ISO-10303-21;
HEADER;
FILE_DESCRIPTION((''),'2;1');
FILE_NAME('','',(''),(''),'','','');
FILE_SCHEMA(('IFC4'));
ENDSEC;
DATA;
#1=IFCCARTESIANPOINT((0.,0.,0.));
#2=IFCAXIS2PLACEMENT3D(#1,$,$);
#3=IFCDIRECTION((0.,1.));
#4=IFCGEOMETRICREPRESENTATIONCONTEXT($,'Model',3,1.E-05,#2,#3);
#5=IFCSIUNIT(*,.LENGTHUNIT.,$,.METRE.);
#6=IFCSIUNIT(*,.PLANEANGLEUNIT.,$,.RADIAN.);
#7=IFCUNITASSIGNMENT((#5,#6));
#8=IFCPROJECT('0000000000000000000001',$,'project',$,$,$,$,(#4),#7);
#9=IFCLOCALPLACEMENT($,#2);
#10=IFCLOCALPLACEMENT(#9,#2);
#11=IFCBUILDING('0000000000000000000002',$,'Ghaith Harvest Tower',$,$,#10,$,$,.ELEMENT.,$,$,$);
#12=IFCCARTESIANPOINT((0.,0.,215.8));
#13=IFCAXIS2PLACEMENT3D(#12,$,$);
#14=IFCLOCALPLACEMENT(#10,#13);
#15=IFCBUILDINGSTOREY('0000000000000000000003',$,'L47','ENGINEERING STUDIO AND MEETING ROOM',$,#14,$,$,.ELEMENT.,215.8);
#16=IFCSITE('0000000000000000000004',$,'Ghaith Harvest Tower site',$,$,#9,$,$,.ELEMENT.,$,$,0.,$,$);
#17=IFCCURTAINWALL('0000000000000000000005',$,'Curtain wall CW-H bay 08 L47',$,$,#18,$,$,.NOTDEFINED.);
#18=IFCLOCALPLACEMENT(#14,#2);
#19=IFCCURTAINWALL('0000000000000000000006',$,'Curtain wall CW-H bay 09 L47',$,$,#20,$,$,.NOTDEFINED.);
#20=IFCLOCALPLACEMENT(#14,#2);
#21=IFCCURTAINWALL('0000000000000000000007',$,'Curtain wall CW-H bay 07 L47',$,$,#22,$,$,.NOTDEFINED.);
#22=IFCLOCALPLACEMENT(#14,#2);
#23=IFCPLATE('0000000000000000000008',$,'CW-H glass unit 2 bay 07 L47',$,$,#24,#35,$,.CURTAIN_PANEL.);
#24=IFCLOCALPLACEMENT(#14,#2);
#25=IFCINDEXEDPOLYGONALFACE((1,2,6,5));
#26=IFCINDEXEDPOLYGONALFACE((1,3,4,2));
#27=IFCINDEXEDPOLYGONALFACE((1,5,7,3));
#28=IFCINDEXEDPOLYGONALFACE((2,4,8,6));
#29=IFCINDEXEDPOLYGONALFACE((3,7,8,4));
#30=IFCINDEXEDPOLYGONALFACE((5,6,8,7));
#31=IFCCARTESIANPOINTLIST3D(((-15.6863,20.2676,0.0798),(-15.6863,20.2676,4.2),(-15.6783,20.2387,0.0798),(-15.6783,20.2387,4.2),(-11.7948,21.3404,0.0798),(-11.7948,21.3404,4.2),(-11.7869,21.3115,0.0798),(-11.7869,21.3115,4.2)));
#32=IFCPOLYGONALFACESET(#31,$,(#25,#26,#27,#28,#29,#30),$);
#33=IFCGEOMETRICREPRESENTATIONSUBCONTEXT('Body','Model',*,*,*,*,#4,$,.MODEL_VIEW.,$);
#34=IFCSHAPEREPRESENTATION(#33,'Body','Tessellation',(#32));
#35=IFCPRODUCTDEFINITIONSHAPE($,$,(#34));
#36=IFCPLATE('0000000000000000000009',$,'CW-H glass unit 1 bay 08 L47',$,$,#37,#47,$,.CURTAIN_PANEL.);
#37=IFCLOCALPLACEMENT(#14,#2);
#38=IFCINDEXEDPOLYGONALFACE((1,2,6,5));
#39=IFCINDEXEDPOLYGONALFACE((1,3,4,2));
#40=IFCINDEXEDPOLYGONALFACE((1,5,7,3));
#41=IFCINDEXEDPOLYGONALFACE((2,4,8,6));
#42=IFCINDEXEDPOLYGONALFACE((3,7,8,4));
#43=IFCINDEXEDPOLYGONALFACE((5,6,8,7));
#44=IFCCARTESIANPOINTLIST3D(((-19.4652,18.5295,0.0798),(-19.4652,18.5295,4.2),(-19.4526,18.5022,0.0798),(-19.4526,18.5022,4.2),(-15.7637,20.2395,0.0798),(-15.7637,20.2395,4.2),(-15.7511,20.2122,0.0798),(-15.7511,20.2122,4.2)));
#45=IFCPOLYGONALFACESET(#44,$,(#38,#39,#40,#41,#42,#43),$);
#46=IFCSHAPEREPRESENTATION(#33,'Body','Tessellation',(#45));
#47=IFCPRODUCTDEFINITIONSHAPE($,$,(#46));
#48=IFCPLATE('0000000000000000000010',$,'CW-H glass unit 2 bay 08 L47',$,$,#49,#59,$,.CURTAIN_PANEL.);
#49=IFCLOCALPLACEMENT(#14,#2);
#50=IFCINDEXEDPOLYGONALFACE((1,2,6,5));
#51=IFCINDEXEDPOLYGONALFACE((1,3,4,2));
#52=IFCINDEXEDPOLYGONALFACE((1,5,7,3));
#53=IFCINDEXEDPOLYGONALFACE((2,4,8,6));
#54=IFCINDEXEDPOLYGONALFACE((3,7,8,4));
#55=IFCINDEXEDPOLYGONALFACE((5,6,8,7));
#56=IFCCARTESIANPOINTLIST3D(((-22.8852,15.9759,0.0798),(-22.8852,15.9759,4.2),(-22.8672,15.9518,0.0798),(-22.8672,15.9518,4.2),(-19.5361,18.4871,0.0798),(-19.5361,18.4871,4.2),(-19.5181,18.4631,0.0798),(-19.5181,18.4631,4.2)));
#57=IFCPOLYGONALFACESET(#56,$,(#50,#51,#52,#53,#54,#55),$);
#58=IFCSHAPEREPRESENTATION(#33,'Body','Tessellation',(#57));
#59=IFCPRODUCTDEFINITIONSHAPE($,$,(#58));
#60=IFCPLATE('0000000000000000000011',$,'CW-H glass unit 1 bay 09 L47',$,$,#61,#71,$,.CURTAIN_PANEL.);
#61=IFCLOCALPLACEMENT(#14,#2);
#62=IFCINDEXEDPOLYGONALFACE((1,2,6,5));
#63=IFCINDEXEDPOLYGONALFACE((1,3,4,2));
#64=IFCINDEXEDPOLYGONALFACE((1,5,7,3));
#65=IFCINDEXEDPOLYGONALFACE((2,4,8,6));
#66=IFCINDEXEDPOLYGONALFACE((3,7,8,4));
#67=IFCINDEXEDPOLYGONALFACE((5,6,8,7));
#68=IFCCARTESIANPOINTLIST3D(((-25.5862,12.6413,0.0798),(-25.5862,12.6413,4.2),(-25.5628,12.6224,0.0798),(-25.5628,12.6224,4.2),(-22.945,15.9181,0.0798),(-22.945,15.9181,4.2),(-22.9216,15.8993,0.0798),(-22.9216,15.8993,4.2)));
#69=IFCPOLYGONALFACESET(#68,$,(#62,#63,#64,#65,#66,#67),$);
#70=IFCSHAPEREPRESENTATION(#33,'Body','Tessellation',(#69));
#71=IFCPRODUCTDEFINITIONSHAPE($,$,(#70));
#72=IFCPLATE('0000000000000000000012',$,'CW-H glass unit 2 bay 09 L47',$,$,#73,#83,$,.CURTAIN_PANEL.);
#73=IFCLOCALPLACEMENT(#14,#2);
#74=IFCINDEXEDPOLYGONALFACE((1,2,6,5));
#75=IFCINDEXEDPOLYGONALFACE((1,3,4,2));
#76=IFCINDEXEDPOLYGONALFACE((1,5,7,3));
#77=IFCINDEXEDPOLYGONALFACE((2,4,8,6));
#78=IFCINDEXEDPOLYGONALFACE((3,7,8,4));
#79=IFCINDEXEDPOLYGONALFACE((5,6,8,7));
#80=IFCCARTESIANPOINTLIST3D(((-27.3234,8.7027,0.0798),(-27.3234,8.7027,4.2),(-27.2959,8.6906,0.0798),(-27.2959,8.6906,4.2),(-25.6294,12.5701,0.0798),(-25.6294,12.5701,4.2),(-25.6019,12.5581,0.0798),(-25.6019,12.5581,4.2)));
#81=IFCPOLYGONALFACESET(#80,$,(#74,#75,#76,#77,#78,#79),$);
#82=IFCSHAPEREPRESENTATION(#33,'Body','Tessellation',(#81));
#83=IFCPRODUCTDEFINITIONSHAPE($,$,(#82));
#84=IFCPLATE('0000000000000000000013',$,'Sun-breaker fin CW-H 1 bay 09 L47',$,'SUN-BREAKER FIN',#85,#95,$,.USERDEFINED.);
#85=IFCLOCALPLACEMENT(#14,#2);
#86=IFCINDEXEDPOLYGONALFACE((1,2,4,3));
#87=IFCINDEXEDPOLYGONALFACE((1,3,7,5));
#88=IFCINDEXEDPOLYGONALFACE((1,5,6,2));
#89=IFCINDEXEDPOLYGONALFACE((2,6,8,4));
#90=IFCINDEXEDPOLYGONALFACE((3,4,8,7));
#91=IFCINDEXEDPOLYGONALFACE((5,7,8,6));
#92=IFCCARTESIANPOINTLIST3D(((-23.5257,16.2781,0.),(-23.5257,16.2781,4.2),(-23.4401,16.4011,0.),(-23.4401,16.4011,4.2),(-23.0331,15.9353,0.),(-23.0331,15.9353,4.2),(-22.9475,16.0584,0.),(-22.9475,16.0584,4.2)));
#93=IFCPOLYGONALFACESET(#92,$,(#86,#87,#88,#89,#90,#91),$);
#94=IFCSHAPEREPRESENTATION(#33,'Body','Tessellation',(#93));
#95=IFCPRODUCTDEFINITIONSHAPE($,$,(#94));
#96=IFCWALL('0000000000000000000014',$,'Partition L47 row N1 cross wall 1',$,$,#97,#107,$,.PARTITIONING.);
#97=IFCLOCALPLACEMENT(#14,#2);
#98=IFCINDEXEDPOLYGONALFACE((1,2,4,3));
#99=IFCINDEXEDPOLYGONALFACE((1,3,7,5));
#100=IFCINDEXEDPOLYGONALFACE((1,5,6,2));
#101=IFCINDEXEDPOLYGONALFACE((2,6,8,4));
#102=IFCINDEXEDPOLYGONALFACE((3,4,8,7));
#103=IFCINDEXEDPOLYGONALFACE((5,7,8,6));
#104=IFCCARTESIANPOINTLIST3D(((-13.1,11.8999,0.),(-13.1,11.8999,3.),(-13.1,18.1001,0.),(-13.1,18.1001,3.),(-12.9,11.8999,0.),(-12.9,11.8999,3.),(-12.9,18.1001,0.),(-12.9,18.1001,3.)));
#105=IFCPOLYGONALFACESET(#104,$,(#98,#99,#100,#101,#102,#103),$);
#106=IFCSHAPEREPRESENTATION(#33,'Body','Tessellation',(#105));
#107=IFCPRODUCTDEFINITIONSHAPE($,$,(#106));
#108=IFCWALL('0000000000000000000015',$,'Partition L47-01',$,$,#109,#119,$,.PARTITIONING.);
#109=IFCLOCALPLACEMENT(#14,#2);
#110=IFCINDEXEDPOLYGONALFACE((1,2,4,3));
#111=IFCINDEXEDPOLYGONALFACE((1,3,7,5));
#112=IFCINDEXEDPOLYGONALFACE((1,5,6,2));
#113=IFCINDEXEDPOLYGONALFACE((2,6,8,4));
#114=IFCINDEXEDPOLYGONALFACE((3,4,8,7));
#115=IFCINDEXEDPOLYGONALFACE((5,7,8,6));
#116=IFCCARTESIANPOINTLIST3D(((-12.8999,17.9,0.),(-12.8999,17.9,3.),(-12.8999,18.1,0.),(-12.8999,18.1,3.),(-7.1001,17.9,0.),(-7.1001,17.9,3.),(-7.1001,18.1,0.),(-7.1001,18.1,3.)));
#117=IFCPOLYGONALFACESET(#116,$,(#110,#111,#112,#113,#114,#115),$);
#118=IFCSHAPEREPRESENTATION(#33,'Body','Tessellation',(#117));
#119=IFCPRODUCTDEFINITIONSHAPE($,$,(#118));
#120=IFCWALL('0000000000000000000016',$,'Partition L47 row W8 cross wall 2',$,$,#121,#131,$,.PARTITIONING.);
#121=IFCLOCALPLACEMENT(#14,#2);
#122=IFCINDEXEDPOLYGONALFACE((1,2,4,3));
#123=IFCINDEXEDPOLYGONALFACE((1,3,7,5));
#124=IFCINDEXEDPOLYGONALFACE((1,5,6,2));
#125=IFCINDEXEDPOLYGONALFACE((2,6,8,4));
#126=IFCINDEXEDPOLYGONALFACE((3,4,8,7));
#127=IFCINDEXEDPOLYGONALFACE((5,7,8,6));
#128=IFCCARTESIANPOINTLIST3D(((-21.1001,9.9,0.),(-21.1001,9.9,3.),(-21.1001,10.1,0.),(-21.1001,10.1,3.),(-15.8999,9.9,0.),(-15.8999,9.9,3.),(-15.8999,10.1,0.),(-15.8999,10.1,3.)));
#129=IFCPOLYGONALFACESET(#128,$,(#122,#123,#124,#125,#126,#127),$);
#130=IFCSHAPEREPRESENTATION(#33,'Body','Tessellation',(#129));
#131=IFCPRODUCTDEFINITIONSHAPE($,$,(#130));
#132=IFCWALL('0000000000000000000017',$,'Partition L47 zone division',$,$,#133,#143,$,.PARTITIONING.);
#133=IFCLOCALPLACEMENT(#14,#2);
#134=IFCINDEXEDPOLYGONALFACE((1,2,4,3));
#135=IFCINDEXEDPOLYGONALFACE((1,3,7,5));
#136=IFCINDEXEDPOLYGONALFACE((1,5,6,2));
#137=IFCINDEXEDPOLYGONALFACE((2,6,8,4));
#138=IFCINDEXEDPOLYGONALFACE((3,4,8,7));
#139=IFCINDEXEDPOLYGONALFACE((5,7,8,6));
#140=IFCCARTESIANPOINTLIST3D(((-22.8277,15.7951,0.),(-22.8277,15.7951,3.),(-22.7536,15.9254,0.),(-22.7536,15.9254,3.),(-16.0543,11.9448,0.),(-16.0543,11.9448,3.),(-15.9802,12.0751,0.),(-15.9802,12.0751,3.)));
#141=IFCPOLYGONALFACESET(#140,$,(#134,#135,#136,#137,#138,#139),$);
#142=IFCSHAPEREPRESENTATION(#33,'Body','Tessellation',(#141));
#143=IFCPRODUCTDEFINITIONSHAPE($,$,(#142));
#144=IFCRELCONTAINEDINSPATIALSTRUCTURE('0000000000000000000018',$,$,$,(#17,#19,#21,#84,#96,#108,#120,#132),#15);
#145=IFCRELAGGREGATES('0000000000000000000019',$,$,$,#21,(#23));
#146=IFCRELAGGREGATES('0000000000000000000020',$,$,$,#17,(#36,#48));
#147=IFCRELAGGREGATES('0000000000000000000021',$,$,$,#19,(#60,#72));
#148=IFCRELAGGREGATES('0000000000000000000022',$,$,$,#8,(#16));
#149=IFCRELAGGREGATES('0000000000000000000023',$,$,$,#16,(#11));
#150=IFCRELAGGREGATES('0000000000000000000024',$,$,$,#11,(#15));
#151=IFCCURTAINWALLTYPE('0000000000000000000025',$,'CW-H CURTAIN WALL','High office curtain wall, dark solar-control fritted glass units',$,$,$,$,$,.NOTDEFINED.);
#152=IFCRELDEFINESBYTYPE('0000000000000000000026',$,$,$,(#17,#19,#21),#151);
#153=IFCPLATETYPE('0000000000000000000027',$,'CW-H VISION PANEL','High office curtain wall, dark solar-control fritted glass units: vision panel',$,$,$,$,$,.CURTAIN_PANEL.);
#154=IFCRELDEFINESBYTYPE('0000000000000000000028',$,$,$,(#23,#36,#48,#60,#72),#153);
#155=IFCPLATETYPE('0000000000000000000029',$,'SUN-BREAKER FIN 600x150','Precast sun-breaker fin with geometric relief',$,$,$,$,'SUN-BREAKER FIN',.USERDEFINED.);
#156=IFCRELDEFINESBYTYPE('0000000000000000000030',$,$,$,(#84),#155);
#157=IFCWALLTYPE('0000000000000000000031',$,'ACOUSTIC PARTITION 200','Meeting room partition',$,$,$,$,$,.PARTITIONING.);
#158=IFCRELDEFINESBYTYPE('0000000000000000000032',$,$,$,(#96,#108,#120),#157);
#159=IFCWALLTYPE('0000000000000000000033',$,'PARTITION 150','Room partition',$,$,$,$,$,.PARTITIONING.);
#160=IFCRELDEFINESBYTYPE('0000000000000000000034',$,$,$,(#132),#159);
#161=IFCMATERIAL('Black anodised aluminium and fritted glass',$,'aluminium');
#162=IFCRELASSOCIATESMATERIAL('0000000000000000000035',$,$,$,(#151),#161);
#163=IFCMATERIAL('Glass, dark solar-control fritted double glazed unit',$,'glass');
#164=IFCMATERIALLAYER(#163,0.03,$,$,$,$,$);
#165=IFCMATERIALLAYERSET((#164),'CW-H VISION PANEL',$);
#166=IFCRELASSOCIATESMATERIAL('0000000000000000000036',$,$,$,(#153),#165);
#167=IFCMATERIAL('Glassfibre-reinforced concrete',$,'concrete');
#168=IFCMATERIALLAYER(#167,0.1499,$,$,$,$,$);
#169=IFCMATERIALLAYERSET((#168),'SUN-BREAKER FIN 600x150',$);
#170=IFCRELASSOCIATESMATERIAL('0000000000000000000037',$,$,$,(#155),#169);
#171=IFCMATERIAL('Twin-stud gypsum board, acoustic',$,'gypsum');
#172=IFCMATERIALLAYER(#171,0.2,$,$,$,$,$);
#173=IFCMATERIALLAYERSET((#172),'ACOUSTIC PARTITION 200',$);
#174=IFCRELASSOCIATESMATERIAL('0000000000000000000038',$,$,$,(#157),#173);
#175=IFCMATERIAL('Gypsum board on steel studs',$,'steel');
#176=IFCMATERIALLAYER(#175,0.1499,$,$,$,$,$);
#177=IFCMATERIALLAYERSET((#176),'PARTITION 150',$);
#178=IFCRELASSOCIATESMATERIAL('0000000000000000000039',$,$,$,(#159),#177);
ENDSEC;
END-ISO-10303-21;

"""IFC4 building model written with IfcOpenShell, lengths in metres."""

from ifc_helpers import new_model, si_unit, direction, frame, frame_2d, origin, origin_2d, place, context, subcontext, project, spatial, rectangle, extrude, material, layer, layer_set, type_object, element, aggregate, save


model = new_model("IFC4")

# Units and contexts
model_context = context("Model", 3, precision=1e-05, world=origin(), true_north=direction((0.0, 1.0)))
body_context = subcontext(model_context, "Body", "Model", "MODEL_VIEW")
ifc_project = project(units=[si_unit("LENGTHUNIT", "METRE"), si_unit("PLANEANGLEUNIT", "RADIAN")], contexts=[model_context])

# Site, building, storey
site_placement = place(None, origin())
site = spatial("IfcSite", under=ifc_project, at=site_placement, Name="Ghaith Harvest Tower site", CompositionType="ELEMENT", RefElevation=0.0)
building_placement = place(site_placement, origin())
building = spatial("IfcBuilding", under=site, at=building_placement, Name="Ghaith Harvest Tower", CompositionType="ELEMENT")
storey_placement = place(building_placement, frame((0.0, 0.0, 215.8)))
storey = spatial("IfcBuildingStorey", under=building, at=storey_placement, Name="L47", Description="ENGINEERING STUDIO AND MEETING ROOM", CompositionType="ELEMENT", Elevation=215.8)

# Curtain walls
ifc_material_1 = material(Name="Black anodised aluminium and fritted glass", Category="aluminium")
curtain_wall_type = type_object("IfcCurtainWallType", Name="CW-H CURTAIN WALL", Description="High office curtain wall, dark solar-control fritted glass units", PredefinedType="NOTDEFINED", material=ifc_material_1)
curtain_wall_1_placement = place(storey_placement, origin())
curtain_wall_1 = element("IfcCurtainWall", 1, at=curtain_wall_1_placement, inside=storey, type_object=curtain_wall_type, Name="Curtain wall CW-H bay 08 L47", PredefinedType="NOTDEFINED")
curtain_wall_2_placement = place(storey_placement, origin())
curtain_wall_2 = element("IfcCurtainWall", 2, at=curtain_wall_2_placement, inside=storey, type_object=curtain_wall_type, Name="Curtain wall CW-H bay 09 L47", PredefinedType="NOTDEFINED")

# Curtain wall
curtain_wall_3_placement = place(storey_placement, origin())
curtain_wall_3 = element("IfcCurtainWall", 3, at=curtain_wall_3_placement, inside=storey, type_object=curtain_wall_type, Name="Curtain wall CW-H bay 07 L47", PredefinedType="NOTDEFINED")

# Plates
ifc_material_2 = material(Name="Glass, dark solar-control fritted double glazed unit", Category="glass")
ifc_layer_1 = layer(ifc_material_2, 0.03)
ifc_layer_set_1 = layer_set([ifc_layer_1], Name="CW-H VISION PANEL")
plate_type_1 = type_object("IfcPlateType", Name="CW-H VISION PANEL", Description="High office curtain wall, dark solar-control fritted glass units: vision panel", PredefinedType="CURTAIN_PANEL", material=ifc_layer_set_1)
plate_1_placement = place(storey_placement, frame((-13.7366, 20.7896, 0.0798), z_axis=(0.0, 0.0, 1.0), x_axis=(-0.964034, -0.265779, 0.0)))
plate_1 = element("IfcPlate", 4, at=plate_1_placement, type_object=plate_type_1, Name="CW-H glass unit 2 bay 07 L47", PredefinedType="CURTAIN_PANEL", context=body_context, shape_type="SweptSolid", body=[
    extrude(rectangle(XDim=4.0366, YDim=0.03, at=origin_2d()), origin(), (0.0, 0.0, 1.0), 4.1201),
])
aggregate(curtain_wall_3, [plate_1])
plate_2_placement = place(storey_placement, frame((-17.6082, 19.3708, 0.0798), z_axis=(0.0, 0.0, 1.0), x_axis=(-0.907814, -0.419372, 0.0)))
plate_2 = element("IfcPlate", 5, at=plate_2_placement, type_object=plate_type_1, Name="CW-H glass unit 1 bay 08 L47", PredefinedType="CURTAIN_PANEL", context=body_context, shape_type="SweptSolid", body=[
    extrude(rectangle(XDim=4.0774, YDim=0.03, at=origin_2d()), origin(), (0.0, 0.0, 1.0), 4.1201),
])
plate_3_placement = place(storey_placement, frame((-21.2017, 17.2195, 0.0798), z_axis=(0.0, 0.0, 1.0), x_axis=(-0.800067, -0.599911, 0.0)))
plate_3 = element("IfcPlate", 6, at=plate_3_placement, type_object=plate_type_1, Name="CW-H glass unit 2 bay 08 L47", PredefinedType="CURTAIN_PANEL", context=body_context, shape_type="SweptSolid", body=[
    extrude(rectangle(XDim=4.186, YDim=0.03, at=origin_2d()), origin(), (0.0, 0.0, 1.0), 4.1201),
])
aggregate(curtain_wall_1, [plate_2, plate_3])
plate_4_placement = place(storey_placement, frame((-24.2539, 14.2703, 0.0798), z_axis=(0.0, 0.0, 1.0), x_axis=(-0.627548, -0.778578, 0.0)))
plate_4 = element("IfcPlate", 7, at=plate_4_placement, type_object=plate_type_1, Name="CW-H glass unit 1 bay 09 L47", PredefinedType="CURTAIN_PANEL", context=body_context, shape_type="SweptSolid", body=[
    extrude(rectangle(XDim=4.2087, YDim=0.03, at=origin_2d()), origin(), (0.0, 0.0, 1.0), 4.1201),
])
plate_5_placement = place(storey_placement, frame((-26.4626, 10.6304, 0.0798), z_axis=(0.0, 0.0, 1.0), x_axis=(-0.401213, -0.915985, 0.0)))
plate_5 = element("IfcPlate", 8, at=plate_5_placement, type_object=plate_type_1, Name="CW-H glass unit 2 bay 09 L47", PredefinedType="CURTAIN_PANEL", context=body_context, shape_type="SweptSolid", body=[
    extrude(rectangle(XDim=4.2222, YDim=0.03, at=origin_2d()), origin(), (0.0, 0.0, 1.0), 4.1201),
])
aggregate(curtain_wall_2, [plate_4, plate_5])
ifc_material_3 = material(Name="Glassfibre-reinforced concrete", Category="concrete")
ifc_layer_2 = layer(ifc_material_3, 0.1499)
ifc_layer_set_2 = layer_set([ifc_layer_2], Name="SUN-BREAKER FIN 600x150")
plate_type_2 = type_object("IfcPlateType", Name="SUN-BREAKER FIN 600x150", Description="Precast sun-breaker fin with geometric relief", ElementType="SUN-BREAKER FIN", PredefinedType="USERDEFINED", material=ifc_layer_set_2)
plate_6_placement = place(storey_placement, frame((-23.2366, 16.1682, 0.0), z_axis=(0.0, 0.0, 1.0), x_axis=(-0.820845, 0.57115, 0.0)))
element("IfcPlate", 9, at=plate_6_placement, inside=storey, type_object=plate_type_2, Name="Sun-breaker fin CW-H 1 bay 09 L47", ObjectType="SUN-BREAKER FIN", PredefinedType="USERDEFINED", context=body_context, shape_type="SweptSolid", body=[
    extrude(rectangle(XDim=0.6001, YDim=0.1499, at=origin_2d()), origin(), (0.0, 0.0, 1.0), 4.2),
])

# Wall
ifc_material_4 = material(Name="Twin-stud gypsum board, acoustic", Category="gypsum")
ifc_layer_3 = layer(ifc_material_4, 0.2)
ifc_layer_set_3 = layer_set([ifc_layer_3], Name="ACOUSTIC PARTITION 200")
wall_type_1 = type_object("IfcWallType", Name="ACOUSTIC PARTITION 200", Description="Meeting room partition", PredefinedType="PARTITIONING", material=ifc_layer_set_3)
wall_1_placement = place(storey_placement, frame((-13.0, 11.8999, 0.0), z_axis=(0.0, 0.0, 1.0), x_axis=(0.0, 1.0, 0.0)))
element("IfcWall", 10, at=wall_1_placement, inside=storey, type_object=wall_type_1, Name="Partition L47 row N1 cross wall 1", PredefinedType="PARTITIONING", context=body_context, shape_type="SweptSolid", body=[
    extrude(rectangle(XDim=6.2002, YDim=0.2, at=frame_2d((3.1001, 0.0))), origin(), (0.0, 0.0, 1.0), 3.0),
])

# Walls
wall_2_placement = place(storey_placement, frame((-12.8999, 18.0, 0.0), z_axis=(0.0, 0.0, 1.0), x_axis=(1.0, 0.0, 0.0)))
element("IfcWall", 11, at=wall_2_placement, inside=storey, type_object=wall_type_1, Name="Partition L47-01", PredefinedType="PARTITIONING", context=body_context, shape_type="SweptSolid", body=[
    extrude(rectangle(XDim=5.7998, YDim=0.2, at=frame_2d((2.8999, 0.0))), origin(), (0.0, 0.0, 1.0), 3.0),
])
wall_3_placement = place(storey_placement, frame((-15.8999, 10.0, 0.0), z_axis=(0.0, 0.0, 1.0), x_axis=(-1.0, 0.0, 0.0)))
element("IfcWall", 12, at=wall_3_placement, inside=storey, type_object=wall_type_1, Name="Partition L47 row W8 cross wall 2", PredefinedType="PARTITIONING", context=body_context, shape_type="SweptSolid", body=[
    extrude(rectangle(XDim=5.2002, YDim=0.2, at=frame_2d((2.6001, 0.0))), origin(), (0.0, 0.0, 1.0), 3.0),
])

# Wall
ifc_material_5 = material(Name="Gypsum board on steel studs", Category="steel")
ifc_layer_4 = layer(ifc_material_5, 0.1499)
ifc_layer_set_4 = layer_set([ifc_layer_4], Name="PARTITION 150")
wall_type_2 = type_object("IfcWallType", Name="PARTITION 150", Description="Room partition", PredefinedType="PARTITIONING", material=ifc_layer_set_4)
wall_4_placement = place(storey_placement, frame((-16.0173, 12.01, 0.0), z_axis=(0.0, 0.0, 1.0), x_axis=(-0.869357, 0.494184, 0.0)))
element("IfcWall", 13, at=wall_4_placement, inside=storey, type_object=wall_type_2, Name="Partition L47 zone division", PredefinedType="PARTITIONING", context=body_context, shape_type="SweptSolid", body=[
    extrude(rectangle(XDim=7.7913, YDim=0.1499, at=frame_2d((3.8955, 0.0))), origin(), (0.0, 0.0, 1.0), 3.0),
])

save(model, "model.ifc")
